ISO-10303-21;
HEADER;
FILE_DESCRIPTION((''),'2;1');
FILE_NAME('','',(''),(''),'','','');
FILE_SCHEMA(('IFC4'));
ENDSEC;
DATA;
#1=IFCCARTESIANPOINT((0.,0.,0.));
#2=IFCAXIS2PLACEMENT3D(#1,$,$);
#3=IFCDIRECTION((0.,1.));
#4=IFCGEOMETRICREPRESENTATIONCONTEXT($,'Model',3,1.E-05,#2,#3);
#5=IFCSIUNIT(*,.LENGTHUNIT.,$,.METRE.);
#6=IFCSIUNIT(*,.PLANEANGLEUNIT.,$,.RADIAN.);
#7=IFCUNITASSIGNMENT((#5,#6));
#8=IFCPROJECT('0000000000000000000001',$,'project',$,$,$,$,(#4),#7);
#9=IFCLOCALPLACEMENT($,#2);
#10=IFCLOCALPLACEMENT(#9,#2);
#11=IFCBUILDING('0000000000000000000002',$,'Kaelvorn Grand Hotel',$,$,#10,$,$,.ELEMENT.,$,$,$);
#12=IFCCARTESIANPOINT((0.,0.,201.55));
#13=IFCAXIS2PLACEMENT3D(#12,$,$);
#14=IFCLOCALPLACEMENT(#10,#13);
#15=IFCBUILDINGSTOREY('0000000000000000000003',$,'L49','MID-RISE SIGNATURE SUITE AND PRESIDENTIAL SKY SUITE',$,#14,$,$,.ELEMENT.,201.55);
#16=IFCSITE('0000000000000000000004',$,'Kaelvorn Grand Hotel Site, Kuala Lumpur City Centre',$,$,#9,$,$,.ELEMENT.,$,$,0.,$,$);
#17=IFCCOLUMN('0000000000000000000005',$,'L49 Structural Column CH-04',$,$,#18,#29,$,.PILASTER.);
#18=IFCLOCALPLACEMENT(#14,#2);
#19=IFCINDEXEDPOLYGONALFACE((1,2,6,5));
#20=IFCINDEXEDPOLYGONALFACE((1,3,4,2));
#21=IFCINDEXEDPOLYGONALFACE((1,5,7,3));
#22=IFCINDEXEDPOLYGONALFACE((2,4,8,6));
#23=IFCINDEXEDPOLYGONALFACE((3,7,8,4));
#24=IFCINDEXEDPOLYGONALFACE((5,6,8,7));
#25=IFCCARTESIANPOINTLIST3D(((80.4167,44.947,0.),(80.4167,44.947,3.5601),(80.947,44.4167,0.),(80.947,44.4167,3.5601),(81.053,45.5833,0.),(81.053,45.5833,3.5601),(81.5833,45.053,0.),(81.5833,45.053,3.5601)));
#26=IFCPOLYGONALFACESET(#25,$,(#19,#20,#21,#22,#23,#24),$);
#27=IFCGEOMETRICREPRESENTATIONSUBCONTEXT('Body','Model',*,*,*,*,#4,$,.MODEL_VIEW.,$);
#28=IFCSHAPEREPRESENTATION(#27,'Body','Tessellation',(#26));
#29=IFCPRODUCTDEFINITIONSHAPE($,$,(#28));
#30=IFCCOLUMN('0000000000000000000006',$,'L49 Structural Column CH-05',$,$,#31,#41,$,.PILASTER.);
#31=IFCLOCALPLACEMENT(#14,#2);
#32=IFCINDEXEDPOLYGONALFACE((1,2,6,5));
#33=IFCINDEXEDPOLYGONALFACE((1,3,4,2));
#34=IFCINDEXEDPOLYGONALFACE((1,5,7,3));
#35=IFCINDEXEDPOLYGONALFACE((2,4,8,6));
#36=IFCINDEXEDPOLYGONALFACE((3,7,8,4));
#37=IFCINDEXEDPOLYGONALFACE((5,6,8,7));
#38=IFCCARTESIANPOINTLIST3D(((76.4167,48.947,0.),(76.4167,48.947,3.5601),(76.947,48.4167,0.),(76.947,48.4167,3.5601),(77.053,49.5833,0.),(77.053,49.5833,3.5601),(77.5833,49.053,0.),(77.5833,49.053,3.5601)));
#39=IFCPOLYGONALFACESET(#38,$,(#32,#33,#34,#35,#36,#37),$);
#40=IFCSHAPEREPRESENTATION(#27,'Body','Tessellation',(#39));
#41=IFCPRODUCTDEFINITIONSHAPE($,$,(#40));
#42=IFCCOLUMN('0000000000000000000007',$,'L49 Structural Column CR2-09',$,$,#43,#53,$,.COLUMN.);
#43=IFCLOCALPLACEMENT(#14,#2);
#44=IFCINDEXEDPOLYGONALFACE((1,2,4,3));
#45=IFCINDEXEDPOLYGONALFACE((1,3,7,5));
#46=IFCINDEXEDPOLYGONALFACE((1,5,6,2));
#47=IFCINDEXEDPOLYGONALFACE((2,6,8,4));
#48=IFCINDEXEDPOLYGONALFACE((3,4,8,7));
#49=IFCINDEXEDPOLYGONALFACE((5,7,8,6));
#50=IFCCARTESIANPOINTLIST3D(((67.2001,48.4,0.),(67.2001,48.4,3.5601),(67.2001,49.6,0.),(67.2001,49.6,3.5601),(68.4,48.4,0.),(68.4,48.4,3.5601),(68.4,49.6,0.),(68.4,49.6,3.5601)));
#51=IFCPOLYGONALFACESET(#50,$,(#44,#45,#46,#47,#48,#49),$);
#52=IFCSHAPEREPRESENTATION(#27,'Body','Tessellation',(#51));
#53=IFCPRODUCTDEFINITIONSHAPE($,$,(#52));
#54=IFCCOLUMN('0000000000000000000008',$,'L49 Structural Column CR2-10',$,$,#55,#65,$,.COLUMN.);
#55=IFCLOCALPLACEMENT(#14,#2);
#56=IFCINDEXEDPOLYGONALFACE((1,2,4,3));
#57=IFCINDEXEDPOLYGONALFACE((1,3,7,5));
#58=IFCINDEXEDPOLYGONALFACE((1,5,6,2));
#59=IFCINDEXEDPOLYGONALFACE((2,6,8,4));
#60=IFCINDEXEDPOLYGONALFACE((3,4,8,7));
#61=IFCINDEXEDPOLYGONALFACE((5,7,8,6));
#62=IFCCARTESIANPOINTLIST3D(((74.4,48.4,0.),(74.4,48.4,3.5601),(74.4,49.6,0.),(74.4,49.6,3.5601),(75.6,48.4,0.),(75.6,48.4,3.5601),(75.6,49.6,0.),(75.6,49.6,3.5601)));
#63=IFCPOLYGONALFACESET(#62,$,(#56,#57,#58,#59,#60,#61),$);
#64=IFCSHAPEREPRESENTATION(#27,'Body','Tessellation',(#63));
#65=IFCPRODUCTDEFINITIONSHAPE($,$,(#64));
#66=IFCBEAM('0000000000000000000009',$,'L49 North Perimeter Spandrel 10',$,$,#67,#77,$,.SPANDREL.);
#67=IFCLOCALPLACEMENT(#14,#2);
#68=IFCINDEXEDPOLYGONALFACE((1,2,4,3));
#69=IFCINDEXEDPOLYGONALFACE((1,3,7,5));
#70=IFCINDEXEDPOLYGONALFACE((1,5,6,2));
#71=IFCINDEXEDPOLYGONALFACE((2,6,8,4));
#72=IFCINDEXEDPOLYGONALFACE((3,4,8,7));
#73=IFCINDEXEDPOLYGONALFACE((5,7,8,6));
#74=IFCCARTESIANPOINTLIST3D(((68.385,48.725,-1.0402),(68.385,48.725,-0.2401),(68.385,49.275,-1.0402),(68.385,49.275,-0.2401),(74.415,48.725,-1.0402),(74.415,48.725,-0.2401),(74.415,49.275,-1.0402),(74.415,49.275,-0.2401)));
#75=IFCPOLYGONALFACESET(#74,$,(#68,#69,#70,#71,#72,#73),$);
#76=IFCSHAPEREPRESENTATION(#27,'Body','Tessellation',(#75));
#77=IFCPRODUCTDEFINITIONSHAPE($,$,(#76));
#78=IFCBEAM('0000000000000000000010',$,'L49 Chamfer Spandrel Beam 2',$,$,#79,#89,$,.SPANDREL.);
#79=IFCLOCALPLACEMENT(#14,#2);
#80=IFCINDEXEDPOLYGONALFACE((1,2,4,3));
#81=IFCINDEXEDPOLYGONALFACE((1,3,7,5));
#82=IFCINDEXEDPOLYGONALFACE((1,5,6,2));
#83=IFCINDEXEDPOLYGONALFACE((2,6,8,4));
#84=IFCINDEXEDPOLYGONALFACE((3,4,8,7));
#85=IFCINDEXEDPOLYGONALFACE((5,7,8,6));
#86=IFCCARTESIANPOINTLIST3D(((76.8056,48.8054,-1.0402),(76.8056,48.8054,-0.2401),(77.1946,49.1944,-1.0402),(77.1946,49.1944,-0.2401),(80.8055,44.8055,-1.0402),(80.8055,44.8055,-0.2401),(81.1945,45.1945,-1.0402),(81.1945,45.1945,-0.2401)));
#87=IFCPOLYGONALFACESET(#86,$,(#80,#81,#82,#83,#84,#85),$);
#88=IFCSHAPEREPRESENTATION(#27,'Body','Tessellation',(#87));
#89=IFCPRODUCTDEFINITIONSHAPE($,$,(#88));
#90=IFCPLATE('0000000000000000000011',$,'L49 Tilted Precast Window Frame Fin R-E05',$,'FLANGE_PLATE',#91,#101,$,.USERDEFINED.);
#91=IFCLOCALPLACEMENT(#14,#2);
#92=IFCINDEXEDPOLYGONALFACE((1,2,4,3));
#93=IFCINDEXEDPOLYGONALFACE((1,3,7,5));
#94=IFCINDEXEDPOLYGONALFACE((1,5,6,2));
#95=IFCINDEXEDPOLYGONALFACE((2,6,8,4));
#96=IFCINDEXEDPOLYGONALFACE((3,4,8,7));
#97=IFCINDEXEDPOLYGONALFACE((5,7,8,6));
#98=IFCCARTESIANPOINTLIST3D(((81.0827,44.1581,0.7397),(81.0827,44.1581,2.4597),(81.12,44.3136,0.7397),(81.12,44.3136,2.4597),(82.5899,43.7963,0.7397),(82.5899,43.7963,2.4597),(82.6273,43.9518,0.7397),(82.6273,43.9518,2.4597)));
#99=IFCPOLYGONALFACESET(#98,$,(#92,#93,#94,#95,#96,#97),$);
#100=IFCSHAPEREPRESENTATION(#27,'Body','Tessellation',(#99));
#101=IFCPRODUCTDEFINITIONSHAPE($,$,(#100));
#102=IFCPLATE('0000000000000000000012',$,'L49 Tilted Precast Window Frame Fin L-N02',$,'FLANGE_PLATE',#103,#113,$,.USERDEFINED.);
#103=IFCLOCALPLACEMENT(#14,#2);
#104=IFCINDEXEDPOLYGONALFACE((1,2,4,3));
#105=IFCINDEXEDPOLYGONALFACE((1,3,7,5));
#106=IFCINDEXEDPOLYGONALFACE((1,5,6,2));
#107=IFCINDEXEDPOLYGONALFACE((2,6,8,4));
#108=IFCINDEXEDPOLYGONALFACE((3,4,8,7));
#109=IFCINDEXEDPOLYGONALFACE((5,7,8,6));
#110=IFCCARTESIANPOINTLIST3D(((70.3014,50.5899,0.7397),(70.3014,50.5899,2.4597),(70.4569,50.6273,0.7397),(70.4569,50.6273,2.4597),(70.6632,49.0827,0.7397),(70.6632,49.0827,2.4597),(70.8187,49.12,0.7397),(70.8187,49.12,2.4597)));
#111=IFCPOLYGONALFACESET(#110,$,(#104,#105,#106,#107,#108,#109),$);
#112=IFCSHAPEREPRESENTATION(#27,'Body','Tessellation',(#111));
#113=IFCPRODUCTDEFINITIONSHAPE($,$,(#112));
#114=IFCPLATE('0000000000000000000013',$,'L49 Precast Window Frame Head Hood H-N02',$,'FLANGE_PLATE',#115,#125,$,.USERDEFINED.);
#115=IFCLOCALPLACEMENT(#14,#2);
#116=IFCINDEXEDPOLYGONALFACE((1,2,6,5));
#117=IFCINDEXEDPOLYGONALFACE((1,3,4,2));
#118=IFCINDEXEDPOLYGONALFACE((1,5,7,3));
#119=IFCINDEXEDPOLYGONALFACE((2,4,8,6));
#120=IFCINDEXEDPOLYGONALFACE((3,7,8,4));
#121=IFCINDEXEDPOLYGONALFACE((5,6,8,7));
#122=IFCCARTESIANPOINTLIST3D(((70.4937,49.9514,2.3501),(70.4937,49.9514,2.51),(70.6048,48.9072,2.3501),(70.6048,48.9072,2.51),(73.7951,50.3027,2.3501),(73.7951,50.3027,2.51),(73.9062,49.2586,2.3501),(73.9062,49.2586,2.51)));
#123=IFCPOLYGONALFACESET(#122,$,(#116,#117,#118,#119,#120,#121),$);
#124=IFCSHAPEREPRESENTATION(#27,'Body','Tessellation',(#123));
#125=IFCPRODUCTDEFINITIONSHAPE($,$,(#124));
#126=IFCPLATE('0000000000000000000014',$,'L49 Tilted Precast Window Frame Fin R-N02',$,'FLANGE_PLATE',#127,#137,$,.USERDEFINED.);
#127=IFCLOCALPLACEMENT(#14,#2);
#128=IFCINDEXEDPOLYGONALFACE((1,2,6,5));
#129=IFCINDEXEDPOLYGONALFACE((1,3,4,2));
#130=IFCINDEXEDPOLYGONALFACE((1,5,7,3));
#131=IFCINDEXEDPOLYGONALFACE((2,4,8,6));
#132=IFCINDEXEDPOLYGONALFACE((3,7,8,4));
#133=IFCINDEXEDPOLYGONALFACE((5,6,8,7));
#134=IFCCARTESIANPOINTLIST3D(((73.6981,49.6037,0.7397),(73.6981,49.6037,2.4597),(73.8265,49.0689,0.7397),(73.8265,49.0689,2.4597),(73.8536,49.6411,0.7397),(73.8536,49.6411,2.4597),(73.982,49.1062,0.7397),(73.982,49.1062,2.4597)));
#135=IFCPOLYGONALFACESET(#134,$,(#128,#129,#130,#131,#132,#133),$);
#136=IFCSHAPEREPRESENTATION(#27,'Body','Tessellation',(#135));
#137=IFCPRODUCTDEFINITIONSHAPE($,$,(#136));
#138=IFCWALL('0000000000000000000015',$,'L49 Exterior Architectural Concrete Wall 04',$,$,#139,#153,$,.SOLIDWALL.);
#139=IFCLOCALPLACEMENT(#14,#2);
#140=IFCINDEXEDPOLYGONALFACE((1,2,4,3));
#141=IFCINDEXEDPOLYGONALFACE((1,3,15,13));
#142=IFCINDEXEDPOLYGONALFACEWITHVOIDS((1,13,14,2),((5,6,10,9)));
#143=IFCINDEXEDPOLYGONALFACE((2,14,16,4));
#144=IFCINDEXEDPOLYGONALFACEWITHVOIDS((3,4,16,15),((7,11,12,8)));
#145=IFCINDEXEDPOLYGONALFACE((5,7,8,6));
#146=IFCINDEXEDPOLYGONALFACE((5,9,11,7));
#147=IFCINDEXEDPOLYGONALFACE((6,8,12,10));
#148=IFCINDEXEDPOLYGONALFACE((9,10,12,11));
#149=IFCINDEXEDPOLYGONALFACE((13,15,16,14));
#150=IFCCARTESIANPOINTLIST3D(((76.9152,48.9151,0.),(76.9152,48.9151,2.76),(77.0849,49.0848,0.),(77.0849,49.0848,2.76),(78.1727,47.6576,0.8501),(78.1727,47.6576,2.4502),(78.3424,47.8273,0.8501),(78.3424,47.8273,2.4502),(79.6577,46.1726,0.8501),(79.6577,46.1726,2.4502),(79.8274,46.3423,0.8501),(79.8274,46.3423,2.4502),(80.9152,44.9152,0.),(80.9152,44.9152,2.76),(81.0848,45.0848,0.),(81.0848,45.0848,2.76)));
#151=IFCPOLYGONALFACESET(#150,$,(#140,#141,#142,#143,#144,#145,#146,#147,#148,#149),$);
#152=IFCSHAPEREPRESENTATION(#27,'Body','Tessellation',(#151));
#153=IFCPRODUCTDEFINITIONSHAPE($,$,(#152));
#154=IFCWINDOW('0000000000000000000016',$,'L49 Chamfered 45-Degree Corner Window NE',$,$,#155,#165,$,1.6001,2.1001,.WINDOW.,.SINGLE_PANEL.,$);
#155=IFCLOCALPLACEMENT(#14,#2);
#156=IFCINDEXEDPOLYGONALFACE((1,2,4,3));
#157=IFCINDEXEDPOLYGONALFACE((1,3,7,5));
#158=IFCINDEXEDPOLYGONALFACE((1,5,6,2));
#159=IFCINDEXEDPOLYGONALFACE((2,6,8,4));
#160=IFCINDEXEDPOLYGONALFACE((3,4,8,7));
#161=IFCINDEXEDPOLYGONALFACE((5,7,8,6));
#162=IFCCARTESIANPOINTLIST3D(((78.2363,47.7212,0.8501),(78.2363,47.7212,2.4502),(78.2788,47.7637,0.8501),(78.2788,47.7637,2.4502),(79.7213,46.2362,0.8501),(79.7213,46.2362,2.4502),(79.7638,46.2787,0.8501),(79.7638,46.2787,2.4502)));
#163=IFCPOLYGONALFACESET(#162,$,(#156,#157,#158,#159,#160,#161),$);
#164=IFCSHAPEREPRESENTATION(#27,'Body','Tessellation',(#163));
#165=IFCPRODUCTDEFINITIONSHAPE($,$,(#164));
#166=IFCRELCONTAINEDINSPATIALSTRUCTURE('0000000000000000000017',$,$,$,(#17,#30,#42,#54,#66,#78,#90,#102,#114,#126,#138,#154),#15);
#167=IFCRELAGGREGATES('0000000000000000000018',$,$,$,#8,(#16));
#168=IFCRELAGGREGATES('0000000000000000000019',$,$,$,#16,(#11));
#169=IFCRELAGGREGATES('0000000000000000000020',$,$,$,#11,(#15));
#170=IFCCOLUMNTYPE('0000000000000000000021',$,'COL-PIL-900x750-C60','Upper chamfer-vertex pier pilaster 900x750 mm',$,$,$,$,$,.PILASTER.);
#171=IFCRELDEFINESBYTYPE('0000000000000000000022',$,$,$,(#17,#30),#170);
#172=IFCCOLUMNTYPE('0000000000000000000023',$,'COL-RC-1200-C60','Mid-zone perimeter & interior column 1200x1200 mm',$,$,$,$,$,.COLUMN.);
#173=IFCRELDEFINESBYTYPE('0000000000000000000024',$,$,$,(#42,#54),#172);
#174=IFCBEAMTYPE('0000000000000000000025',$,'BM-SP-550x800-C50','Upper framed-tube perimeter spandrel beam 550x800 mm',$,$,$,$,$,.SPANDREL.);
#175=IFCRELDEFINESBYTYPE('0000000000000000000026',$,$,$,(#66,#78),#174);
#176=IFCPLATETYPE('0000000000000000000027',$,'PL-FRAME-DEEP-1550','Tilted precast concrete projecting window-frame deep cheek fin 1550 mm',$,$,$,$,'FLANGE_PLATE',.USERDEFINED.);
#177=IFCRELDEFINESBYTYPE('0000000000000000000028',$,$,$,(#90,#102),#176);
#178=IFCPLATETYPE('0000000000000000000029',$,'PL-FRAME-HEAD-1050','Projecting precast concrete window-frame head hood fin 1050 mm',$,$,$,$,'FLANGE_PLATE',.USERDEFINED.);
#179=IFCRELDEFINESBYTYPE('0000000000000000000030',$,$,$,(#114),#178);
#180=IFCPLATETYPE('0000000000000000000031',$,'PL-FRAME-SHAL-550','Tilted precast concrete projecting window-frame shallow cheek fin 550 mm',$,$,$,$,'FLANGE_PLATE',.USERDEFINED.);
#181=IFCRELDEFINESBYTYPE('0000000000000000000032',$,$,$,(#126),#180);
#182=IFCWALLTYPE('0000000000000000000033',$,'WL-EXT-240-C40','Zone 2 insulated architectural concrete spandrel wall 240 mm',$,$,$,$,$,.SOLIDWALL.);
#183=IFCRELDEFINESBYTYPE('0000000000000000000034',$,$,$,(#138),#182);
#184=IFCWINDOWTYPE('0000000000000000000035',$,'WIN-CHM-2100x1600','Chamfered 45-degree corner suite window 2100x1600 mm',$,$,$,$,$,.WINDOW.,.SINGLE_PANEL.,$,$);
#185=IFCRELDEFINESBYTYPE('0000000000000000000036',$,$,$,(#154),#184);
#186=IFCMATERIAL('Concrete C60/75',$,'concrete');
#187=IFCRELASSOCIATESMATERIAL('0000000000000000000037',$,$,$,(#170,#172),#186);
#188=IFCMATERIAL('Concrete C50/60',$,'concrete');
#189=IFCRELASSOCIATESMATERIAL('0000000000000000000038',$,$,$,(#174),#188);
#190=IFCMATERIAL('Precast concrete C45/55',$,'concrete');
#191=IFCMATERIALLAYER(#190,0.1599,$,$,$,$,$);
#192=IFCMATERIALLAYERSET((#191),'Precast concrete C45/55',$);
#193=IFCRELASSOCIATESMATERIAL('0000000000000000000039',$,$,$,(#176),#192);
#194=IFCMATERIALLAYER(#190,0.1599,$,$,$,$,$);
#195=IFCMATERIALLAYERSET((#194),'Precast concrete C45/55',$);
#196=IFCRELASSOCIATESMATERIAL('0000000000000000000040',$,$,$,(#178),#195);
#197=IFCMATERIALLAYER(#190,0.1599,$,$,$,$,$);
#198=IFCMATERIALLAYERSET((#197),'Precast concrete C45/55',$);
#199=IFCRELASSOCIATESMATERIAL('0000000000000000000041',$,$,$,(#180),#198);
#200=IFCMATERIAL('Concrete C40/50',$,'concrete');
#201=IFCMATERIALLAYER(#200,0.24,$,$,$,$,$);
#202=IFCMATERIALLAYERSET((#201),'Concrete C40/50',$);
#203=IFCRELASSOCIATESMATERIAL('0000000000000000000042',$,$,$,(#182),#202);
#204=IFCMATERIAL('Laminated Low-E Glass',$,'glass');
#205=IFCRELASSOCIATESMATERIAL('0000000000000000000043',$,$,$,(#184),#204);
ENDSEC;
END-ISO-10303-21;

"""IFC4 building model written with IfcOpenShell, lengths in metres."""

from ifc_helpers import new_model, si_unit, direction, frame, frame_2d, origin, origin_2d, place, context, subcontext, project, spatial, rectangle, extrude, material, layer, layer_set, material_profile, profile_set, type_object, element, fill, save


model = new_model("IFC4")

# Units and contexts
model_context = context("Model", 3, precision=1e-05, world=origin(), true_north=direction((0.0, 1.0)))
body_context = subcontext(model_context, "Body", "Model", "MODEL_VIEW")
ifc_project = project(units=[si_unit("LENGTHUNIT", "METRE"), si_unit("PLANEANGLEUNIT", "RADIAN")], contexts=[model_context])

# Site, building, storey
site_placement = place(None, origin())
site = spatial("IfcSite", under=ifc_project, at=site_placement, Name="Kaelvorn Grand Hotel Site, Kuala Lumpur City Centre", CompositionType="ELEMENT", RefElevation=0.0)
building_placement = place(site_placement, origin())
building = spatial("IfcBuilding", under=site, at=building_placement, Name="Kaelvorn Grand Hotel", CompositionType="ELEMENT")
storey_placement = place(building_placement, frame((0.0, 0.0, 201.55)))
storey = spatial("IfcBuildingStorey", under=building, at=storey_placement, Name="L49", Description="MID-RISE SIGNATURE SUITE AND PRESIDENTIAL SKY SUITE", CompositionType="ELEMENT", Elevation=201.55)

# Columns
ifc_material_1 = material(Name="Concrete C60/75", Category="concrete")
ifc_material_profile_1 = material_profile(ifc_material_1, rectangle(XDim=0.8999, YDim=0.75, at=origin_2d()), Name="RC PILASTER 900x750")
ifc_profile_set_1 = profile_set([ifc_material_profile_1], Name="Concrete C60/75")
column_type_1 = type_object("IfcColumnType", Name="COL-PIL-900x750-C60", Description="Upper chamfer-vertex pier pilaster 900x750 mm", PredefinedType="PILASTER", material=ifc_profile_set_1)
for number, where, z_axis, x_axis, name in (
    (1, (81.0, 45.0, 0.0), (0.0, 0.0, 1.0), (0.707107, 0.707107, 0.0), "L49 Structural Column CH-04"),
    (2, (77.0, 49.0, 0.0), (0.0, 0.0, 1.0), (0.707107, 0.707107, 0.0), "L49 Structural Column CH-05"),
):
    element("IfcColumn", number, at=place(storey_placement, frame(where, z_axis=z_axis, x_axis=x_axis)), inside=storey, type_object=column_type_1, Name=name, PredefinedType="PILASTER", context=body_context, shape_type="SweptSolid", body=[
        extrude(rectangle(XDim=0.8999, YDim=0.75, at=origin_2d()), origin(), (0.0, 0.0, 1.0), 3.5601),
    ])
ifc_material_profile_2 = material_profile(ifc_material_1, rectangle(XDim=1.2, YDim=1.2, at=origin_2d()), Name="RC COL 1200x1200")
ifc_profile_set_2 = profile_set([ifc_material_profile_2], Name="Concrete C60/75")
column_type_2 = type_object("IfcColumnType", Name="COL-RC-1200-C60", Description="Mid-zone perimeter & interior column 1200x1200 mm", PredefinedType="COLUMN", material=ifc_profile_set_2)
for number, where, z_axis, x_axis, name in (
    (3, (67.8, 49.0, 0.0), (0.0, 0.0, 1.0), (1.0, 0.0, 0.0), "L49 Structural Column CR2-09"),
    (4, (75.0, 49.0, 0.0), (0.0, 0.0, 1.0), (1.0, 0.0, 0.0), "L49 Structural Column CR2-10"),
):
    element("IfcColumn", number, at=place(storey_placement, frame(where, z_axis=z_axis, x_axis=x_axis)), inside=storey, type_object=column_type_2, Name=name, PredefinedType="COLUMN", context=body_context, shape_type="SweptSolid", body=[
        extrude(rectangle(XDim=1.2, YDim=1.2, at=origin_2d()), origin(), (0.0, 0.0, 1.0), 3.5601),
    ])

# Beams
ifc_material_2 = material(Name="Concrete C50/60", Category="concrete")
ifc_material_profile_3 = material_profile(ifc_material_2, rectangle(XDim=0.55, YDim=0.8, at=origin_2d()), Name="RC SPANDREL 550x800")
ifc_profile_set_3 = profile_set([ifc_material_profile_3], Name="Concrete C50/60")
beam_type = type_object("IfcBeamType", Name="BM-SP-550x800-C50", Description="Upper framed-tube perimeter spandrel beam 550x800 mm", PredefinedType="SPANDREL", material=ifc_profile_set_3)
beam_1_placement = place(storey_placement, frame((68.385, 49.0, -0.6401), z_axis=(1.0, 0.0, 0.0), x_axis=(0.0, 1.0, 0.0)))
element("IfcBeam", 5, at=beam_1_placement, inside=storey, type_object=beam_type, Name="L49 North Perimeter Spandrel 10", PredefinedType="SPANDREL", context=body_context, shape_type="SweptSolid", body=[
    extrude(rectangle(XDim=0.55, YDim=0.8, at=origin_2d()), origin(), (0.0, 0.0, 1.0), 6.03),
])
beam_2_placement = place(storey_placement, frame((81.0, 45.0, -0.6401), z_axis=(-0.707107, 0.707107, 0.0), x_axis=(-0.707107, -0.707107, 0.0)))
element("IfcBeam", 6, at=beam_2_placement, inside=storey, type_object=beam_type, Name="L49 Chamfer Spandrel Beam 2", PredefinedType="SPANDREL", context=body_context, shape_type="SweptSolid", body=[
    extrude(rectangle(XDim=0.55, YDim=0.8, at=origin_2d()), origin(), (0.0, 0.0, 1.0), 5.6567),
])

# Plates
ifc_material_3 = material(Name="Precast concrete C45/55", Category="concrete")
ifc_layer_1 = layer(ifc_material_3, 0.1599)
ifc_layer_set_1 = layer_set([ifc_layer_1], Name="Precast concrete C45/55")
plate_type_1 = type_object("IfcPlateType", Name="PL-FRAME-DEEP-1550", Description="Tilted precast concrete projecting window-frame deep cheek fin 1550 mm", ElementType="FLANGE_PLATE", PredefinedType="USERDEFINED", material=ifc_layer_set_1)
for number, where, z_axis, x_axis, name in (
    (7, (81.855, 44.0549, 0.7397), (0.0, 0.0, 1.0), (0.233445, 0.97237, 0.0), "L49 Tilted Precast Window Frame Fin R-E05"),
    (8, (70.5601, 49.855, 0.7397), (0.0, 0.0, 1.0), (0.97237, 0.233445, 0.0), "L49 Tilted Precast Window Frame Fin L-N02"),
):
    element("IfcPlate", number, at=place(storey_placement, frame(where, z_axis=z_axis, x_axis=x_axis)), inside=storey, type_object=plate_type_1, Name=name, ObjectType="FLANGE_PLATE", PredefinedType="USERDEFINED", context=body_context, shape_type="SweptSolid", body=[
        extrude(rectangle(XDim=0.1599, YDim=1.55, at=origin_2d()), origin(), (0.0, 0.0, 1.0), 1.72),
    ])
ifc_layer_2 = layer(ifc_material_3, 0.1599)
ifc_layer_set_2 = layer_set([ifc_layer_2], Name="Precast concrete C45/55")
plate_type_2 = type_object("IfcPlateType", Name="PL-FRAME-HEAD-1050", Description="Projecting precast concrete window-frame head hood fin 1050 mm", ElementType="FLANGE_PLATE", PredefinedType="USERDEFINED", material=ifc_layer_set_2)
plate_1_placement = place(storey_placement, frame((72.2, 49.605, 2.3501), z_axis=(0.0, 0.0, 1.0), x_axis=(0.994384, 0.10583, 0.0)))
element("IfcPlate", 9, at=plate_1_placement, inside=storey, type_object=plate_type_2, Name="L49 Precast Window Frame Head Hood H-N02", ObjectType="FLANGE_PLATE", PredefinedType="USERDEFINED", context=body_context, shape_type="SweptSolid", body=[
    extrude(rectangle(XDim=3.3201, YDim=1.05, at=origin_2d()), origin(), (0.0, 0.0, 1.0), 0.1599),
])
ifc_layer_3 = layer(ifc_material_3, 0.1599)
ifc_layer_set_3 = layer_set([ifc_layer_3], Name="Precast concrete C45/55")
plate_type_3 = type_object("IfcPlateType", Name="PL-FRAME-SHAL-550", Description="Tilted precast concrete projecting window-frame shallow cheek fin 550 mm", ElementType="FLANGE_PLATE", PredefinedType="USERDEFINED", material=ifc_layer_set_3)
plate_2_placement = place(storey_placement, frame((73.8401, 49.355, 0.7397), z_axis=(0.0, 0.0, 1.0), x_axis=(0.97237, 0.233445, 0.0)))
element("IfcPlate", 10, at=plate_2_placement, inside=storey, type_object=plate_type_3, Name="L49 Tilted Precast Window Frame Fin R-N02", ObjectType="FLANGE_PLATE", PredefinedType="USERDEFINED", context=body_context, shape_type="SweptSolid", body=[
    extrude(rectangle(XDim=0.1599, YDim=0.55, at=origin_2d()), origin(), (0.0, 0.0, 1.0), 1.72),
])

# Wall, opening, window
ifc_material_4 = material(Name="Concrete C40/50", Category="concrete")
ifc_layer_4 = layer(ifc_material_4, 0.24)
ifc_layer_set_4 = layer_set([ifc_layer_4], Name="Concrete C40/50")
wall_type = type_object("IfcWallType", Name="WL-EXT-240-C40", Description="Zone 2 insulated architectural concrete spandrel wall 240 mm", PredefinedType="SOLIDWALL", material=ifc_layer_set_4)
wall_1_placement = place(storey_placement, frame((81.0, 45.0, 0.0), z_axis=(0.0, 0.0, 1.0), x_axis=(-0.707107, 0.707107, 0.0)))
wall_1 = element("IfcWall", 11, at=wall_1_placement, inside=storey, type_object=wall_type, Name="L49 Exterior Architectural Concrete Wall 04", PredefinedType="SOLIDWALL", context=body_context, shape_type="SweptSolid", body=[
    extrude(rectangle(XDim=5.6567, YDim=0.24, at=frame_2d((2.8284, 0.0))), origin(), (0.0, 0.0, 1.0), 2.76),
])
opening_1_placement = place(wall_1_placement, frame((1.7783, 0.0, 0.8501)))
opening_1 = element("IfcOpeningElement", 12, at=opening_1_placement, cuts=wall_1, PredefinedType="OPENING", context=body_context, shape_type="SweptSolid", body=[
    extrude(rectangle(XDim=2.1001, YDim=1.6001, at=frame_2d((1.05, 0.8))), frame((0.0, 0.1299, 0.0), z_axis=(0.0, -1.0, 0.0), x_axis=(1.0, 0.0, 0.0)), (0.0, 0.0, 1.0), 0.26),
])
ifc_material_5 = material(Name="Laminated Low-E Glass", Category="glass")
window_type_1 = type_object("IfcWindowType", Name="WIN-CHM-2100x1600", Description="Chamfered 45-degree corner suite window 2100x1600 mm", PartitioningType="SINGLE_PANEL", PredefinedType="WINDOW", material=ifc_material_5)
window_1_placement = place(opening_1_placement, origin())
window_1 = element("IfcWindow", 13, at=window_1_placement, inside=storey, type_object=window_type_1, Name="L49 Chamfered 45-Degree Corner Window NE", OverallHeight=1.6001, OverallWidth=2.1001, PartitioningType="SINGLE_PANEL", PredefinedType="WINDOW", context=body_context, shape_type="SweptSolid", body=[
    extrude(rectangle(XDim=2.1001, YDim=1.6001, at=frame_2d((1.05, 0.8))), frame((0.0, 0.03, 0.0), z_axis=(0.0, -1.0, 0.0), x_axis=(1.0, 0.0, 0.0)), (0.0, 0.0, 1.0), 0.0601),
])
fill(opening_1, window_1)

save(model, "model.ifc")
